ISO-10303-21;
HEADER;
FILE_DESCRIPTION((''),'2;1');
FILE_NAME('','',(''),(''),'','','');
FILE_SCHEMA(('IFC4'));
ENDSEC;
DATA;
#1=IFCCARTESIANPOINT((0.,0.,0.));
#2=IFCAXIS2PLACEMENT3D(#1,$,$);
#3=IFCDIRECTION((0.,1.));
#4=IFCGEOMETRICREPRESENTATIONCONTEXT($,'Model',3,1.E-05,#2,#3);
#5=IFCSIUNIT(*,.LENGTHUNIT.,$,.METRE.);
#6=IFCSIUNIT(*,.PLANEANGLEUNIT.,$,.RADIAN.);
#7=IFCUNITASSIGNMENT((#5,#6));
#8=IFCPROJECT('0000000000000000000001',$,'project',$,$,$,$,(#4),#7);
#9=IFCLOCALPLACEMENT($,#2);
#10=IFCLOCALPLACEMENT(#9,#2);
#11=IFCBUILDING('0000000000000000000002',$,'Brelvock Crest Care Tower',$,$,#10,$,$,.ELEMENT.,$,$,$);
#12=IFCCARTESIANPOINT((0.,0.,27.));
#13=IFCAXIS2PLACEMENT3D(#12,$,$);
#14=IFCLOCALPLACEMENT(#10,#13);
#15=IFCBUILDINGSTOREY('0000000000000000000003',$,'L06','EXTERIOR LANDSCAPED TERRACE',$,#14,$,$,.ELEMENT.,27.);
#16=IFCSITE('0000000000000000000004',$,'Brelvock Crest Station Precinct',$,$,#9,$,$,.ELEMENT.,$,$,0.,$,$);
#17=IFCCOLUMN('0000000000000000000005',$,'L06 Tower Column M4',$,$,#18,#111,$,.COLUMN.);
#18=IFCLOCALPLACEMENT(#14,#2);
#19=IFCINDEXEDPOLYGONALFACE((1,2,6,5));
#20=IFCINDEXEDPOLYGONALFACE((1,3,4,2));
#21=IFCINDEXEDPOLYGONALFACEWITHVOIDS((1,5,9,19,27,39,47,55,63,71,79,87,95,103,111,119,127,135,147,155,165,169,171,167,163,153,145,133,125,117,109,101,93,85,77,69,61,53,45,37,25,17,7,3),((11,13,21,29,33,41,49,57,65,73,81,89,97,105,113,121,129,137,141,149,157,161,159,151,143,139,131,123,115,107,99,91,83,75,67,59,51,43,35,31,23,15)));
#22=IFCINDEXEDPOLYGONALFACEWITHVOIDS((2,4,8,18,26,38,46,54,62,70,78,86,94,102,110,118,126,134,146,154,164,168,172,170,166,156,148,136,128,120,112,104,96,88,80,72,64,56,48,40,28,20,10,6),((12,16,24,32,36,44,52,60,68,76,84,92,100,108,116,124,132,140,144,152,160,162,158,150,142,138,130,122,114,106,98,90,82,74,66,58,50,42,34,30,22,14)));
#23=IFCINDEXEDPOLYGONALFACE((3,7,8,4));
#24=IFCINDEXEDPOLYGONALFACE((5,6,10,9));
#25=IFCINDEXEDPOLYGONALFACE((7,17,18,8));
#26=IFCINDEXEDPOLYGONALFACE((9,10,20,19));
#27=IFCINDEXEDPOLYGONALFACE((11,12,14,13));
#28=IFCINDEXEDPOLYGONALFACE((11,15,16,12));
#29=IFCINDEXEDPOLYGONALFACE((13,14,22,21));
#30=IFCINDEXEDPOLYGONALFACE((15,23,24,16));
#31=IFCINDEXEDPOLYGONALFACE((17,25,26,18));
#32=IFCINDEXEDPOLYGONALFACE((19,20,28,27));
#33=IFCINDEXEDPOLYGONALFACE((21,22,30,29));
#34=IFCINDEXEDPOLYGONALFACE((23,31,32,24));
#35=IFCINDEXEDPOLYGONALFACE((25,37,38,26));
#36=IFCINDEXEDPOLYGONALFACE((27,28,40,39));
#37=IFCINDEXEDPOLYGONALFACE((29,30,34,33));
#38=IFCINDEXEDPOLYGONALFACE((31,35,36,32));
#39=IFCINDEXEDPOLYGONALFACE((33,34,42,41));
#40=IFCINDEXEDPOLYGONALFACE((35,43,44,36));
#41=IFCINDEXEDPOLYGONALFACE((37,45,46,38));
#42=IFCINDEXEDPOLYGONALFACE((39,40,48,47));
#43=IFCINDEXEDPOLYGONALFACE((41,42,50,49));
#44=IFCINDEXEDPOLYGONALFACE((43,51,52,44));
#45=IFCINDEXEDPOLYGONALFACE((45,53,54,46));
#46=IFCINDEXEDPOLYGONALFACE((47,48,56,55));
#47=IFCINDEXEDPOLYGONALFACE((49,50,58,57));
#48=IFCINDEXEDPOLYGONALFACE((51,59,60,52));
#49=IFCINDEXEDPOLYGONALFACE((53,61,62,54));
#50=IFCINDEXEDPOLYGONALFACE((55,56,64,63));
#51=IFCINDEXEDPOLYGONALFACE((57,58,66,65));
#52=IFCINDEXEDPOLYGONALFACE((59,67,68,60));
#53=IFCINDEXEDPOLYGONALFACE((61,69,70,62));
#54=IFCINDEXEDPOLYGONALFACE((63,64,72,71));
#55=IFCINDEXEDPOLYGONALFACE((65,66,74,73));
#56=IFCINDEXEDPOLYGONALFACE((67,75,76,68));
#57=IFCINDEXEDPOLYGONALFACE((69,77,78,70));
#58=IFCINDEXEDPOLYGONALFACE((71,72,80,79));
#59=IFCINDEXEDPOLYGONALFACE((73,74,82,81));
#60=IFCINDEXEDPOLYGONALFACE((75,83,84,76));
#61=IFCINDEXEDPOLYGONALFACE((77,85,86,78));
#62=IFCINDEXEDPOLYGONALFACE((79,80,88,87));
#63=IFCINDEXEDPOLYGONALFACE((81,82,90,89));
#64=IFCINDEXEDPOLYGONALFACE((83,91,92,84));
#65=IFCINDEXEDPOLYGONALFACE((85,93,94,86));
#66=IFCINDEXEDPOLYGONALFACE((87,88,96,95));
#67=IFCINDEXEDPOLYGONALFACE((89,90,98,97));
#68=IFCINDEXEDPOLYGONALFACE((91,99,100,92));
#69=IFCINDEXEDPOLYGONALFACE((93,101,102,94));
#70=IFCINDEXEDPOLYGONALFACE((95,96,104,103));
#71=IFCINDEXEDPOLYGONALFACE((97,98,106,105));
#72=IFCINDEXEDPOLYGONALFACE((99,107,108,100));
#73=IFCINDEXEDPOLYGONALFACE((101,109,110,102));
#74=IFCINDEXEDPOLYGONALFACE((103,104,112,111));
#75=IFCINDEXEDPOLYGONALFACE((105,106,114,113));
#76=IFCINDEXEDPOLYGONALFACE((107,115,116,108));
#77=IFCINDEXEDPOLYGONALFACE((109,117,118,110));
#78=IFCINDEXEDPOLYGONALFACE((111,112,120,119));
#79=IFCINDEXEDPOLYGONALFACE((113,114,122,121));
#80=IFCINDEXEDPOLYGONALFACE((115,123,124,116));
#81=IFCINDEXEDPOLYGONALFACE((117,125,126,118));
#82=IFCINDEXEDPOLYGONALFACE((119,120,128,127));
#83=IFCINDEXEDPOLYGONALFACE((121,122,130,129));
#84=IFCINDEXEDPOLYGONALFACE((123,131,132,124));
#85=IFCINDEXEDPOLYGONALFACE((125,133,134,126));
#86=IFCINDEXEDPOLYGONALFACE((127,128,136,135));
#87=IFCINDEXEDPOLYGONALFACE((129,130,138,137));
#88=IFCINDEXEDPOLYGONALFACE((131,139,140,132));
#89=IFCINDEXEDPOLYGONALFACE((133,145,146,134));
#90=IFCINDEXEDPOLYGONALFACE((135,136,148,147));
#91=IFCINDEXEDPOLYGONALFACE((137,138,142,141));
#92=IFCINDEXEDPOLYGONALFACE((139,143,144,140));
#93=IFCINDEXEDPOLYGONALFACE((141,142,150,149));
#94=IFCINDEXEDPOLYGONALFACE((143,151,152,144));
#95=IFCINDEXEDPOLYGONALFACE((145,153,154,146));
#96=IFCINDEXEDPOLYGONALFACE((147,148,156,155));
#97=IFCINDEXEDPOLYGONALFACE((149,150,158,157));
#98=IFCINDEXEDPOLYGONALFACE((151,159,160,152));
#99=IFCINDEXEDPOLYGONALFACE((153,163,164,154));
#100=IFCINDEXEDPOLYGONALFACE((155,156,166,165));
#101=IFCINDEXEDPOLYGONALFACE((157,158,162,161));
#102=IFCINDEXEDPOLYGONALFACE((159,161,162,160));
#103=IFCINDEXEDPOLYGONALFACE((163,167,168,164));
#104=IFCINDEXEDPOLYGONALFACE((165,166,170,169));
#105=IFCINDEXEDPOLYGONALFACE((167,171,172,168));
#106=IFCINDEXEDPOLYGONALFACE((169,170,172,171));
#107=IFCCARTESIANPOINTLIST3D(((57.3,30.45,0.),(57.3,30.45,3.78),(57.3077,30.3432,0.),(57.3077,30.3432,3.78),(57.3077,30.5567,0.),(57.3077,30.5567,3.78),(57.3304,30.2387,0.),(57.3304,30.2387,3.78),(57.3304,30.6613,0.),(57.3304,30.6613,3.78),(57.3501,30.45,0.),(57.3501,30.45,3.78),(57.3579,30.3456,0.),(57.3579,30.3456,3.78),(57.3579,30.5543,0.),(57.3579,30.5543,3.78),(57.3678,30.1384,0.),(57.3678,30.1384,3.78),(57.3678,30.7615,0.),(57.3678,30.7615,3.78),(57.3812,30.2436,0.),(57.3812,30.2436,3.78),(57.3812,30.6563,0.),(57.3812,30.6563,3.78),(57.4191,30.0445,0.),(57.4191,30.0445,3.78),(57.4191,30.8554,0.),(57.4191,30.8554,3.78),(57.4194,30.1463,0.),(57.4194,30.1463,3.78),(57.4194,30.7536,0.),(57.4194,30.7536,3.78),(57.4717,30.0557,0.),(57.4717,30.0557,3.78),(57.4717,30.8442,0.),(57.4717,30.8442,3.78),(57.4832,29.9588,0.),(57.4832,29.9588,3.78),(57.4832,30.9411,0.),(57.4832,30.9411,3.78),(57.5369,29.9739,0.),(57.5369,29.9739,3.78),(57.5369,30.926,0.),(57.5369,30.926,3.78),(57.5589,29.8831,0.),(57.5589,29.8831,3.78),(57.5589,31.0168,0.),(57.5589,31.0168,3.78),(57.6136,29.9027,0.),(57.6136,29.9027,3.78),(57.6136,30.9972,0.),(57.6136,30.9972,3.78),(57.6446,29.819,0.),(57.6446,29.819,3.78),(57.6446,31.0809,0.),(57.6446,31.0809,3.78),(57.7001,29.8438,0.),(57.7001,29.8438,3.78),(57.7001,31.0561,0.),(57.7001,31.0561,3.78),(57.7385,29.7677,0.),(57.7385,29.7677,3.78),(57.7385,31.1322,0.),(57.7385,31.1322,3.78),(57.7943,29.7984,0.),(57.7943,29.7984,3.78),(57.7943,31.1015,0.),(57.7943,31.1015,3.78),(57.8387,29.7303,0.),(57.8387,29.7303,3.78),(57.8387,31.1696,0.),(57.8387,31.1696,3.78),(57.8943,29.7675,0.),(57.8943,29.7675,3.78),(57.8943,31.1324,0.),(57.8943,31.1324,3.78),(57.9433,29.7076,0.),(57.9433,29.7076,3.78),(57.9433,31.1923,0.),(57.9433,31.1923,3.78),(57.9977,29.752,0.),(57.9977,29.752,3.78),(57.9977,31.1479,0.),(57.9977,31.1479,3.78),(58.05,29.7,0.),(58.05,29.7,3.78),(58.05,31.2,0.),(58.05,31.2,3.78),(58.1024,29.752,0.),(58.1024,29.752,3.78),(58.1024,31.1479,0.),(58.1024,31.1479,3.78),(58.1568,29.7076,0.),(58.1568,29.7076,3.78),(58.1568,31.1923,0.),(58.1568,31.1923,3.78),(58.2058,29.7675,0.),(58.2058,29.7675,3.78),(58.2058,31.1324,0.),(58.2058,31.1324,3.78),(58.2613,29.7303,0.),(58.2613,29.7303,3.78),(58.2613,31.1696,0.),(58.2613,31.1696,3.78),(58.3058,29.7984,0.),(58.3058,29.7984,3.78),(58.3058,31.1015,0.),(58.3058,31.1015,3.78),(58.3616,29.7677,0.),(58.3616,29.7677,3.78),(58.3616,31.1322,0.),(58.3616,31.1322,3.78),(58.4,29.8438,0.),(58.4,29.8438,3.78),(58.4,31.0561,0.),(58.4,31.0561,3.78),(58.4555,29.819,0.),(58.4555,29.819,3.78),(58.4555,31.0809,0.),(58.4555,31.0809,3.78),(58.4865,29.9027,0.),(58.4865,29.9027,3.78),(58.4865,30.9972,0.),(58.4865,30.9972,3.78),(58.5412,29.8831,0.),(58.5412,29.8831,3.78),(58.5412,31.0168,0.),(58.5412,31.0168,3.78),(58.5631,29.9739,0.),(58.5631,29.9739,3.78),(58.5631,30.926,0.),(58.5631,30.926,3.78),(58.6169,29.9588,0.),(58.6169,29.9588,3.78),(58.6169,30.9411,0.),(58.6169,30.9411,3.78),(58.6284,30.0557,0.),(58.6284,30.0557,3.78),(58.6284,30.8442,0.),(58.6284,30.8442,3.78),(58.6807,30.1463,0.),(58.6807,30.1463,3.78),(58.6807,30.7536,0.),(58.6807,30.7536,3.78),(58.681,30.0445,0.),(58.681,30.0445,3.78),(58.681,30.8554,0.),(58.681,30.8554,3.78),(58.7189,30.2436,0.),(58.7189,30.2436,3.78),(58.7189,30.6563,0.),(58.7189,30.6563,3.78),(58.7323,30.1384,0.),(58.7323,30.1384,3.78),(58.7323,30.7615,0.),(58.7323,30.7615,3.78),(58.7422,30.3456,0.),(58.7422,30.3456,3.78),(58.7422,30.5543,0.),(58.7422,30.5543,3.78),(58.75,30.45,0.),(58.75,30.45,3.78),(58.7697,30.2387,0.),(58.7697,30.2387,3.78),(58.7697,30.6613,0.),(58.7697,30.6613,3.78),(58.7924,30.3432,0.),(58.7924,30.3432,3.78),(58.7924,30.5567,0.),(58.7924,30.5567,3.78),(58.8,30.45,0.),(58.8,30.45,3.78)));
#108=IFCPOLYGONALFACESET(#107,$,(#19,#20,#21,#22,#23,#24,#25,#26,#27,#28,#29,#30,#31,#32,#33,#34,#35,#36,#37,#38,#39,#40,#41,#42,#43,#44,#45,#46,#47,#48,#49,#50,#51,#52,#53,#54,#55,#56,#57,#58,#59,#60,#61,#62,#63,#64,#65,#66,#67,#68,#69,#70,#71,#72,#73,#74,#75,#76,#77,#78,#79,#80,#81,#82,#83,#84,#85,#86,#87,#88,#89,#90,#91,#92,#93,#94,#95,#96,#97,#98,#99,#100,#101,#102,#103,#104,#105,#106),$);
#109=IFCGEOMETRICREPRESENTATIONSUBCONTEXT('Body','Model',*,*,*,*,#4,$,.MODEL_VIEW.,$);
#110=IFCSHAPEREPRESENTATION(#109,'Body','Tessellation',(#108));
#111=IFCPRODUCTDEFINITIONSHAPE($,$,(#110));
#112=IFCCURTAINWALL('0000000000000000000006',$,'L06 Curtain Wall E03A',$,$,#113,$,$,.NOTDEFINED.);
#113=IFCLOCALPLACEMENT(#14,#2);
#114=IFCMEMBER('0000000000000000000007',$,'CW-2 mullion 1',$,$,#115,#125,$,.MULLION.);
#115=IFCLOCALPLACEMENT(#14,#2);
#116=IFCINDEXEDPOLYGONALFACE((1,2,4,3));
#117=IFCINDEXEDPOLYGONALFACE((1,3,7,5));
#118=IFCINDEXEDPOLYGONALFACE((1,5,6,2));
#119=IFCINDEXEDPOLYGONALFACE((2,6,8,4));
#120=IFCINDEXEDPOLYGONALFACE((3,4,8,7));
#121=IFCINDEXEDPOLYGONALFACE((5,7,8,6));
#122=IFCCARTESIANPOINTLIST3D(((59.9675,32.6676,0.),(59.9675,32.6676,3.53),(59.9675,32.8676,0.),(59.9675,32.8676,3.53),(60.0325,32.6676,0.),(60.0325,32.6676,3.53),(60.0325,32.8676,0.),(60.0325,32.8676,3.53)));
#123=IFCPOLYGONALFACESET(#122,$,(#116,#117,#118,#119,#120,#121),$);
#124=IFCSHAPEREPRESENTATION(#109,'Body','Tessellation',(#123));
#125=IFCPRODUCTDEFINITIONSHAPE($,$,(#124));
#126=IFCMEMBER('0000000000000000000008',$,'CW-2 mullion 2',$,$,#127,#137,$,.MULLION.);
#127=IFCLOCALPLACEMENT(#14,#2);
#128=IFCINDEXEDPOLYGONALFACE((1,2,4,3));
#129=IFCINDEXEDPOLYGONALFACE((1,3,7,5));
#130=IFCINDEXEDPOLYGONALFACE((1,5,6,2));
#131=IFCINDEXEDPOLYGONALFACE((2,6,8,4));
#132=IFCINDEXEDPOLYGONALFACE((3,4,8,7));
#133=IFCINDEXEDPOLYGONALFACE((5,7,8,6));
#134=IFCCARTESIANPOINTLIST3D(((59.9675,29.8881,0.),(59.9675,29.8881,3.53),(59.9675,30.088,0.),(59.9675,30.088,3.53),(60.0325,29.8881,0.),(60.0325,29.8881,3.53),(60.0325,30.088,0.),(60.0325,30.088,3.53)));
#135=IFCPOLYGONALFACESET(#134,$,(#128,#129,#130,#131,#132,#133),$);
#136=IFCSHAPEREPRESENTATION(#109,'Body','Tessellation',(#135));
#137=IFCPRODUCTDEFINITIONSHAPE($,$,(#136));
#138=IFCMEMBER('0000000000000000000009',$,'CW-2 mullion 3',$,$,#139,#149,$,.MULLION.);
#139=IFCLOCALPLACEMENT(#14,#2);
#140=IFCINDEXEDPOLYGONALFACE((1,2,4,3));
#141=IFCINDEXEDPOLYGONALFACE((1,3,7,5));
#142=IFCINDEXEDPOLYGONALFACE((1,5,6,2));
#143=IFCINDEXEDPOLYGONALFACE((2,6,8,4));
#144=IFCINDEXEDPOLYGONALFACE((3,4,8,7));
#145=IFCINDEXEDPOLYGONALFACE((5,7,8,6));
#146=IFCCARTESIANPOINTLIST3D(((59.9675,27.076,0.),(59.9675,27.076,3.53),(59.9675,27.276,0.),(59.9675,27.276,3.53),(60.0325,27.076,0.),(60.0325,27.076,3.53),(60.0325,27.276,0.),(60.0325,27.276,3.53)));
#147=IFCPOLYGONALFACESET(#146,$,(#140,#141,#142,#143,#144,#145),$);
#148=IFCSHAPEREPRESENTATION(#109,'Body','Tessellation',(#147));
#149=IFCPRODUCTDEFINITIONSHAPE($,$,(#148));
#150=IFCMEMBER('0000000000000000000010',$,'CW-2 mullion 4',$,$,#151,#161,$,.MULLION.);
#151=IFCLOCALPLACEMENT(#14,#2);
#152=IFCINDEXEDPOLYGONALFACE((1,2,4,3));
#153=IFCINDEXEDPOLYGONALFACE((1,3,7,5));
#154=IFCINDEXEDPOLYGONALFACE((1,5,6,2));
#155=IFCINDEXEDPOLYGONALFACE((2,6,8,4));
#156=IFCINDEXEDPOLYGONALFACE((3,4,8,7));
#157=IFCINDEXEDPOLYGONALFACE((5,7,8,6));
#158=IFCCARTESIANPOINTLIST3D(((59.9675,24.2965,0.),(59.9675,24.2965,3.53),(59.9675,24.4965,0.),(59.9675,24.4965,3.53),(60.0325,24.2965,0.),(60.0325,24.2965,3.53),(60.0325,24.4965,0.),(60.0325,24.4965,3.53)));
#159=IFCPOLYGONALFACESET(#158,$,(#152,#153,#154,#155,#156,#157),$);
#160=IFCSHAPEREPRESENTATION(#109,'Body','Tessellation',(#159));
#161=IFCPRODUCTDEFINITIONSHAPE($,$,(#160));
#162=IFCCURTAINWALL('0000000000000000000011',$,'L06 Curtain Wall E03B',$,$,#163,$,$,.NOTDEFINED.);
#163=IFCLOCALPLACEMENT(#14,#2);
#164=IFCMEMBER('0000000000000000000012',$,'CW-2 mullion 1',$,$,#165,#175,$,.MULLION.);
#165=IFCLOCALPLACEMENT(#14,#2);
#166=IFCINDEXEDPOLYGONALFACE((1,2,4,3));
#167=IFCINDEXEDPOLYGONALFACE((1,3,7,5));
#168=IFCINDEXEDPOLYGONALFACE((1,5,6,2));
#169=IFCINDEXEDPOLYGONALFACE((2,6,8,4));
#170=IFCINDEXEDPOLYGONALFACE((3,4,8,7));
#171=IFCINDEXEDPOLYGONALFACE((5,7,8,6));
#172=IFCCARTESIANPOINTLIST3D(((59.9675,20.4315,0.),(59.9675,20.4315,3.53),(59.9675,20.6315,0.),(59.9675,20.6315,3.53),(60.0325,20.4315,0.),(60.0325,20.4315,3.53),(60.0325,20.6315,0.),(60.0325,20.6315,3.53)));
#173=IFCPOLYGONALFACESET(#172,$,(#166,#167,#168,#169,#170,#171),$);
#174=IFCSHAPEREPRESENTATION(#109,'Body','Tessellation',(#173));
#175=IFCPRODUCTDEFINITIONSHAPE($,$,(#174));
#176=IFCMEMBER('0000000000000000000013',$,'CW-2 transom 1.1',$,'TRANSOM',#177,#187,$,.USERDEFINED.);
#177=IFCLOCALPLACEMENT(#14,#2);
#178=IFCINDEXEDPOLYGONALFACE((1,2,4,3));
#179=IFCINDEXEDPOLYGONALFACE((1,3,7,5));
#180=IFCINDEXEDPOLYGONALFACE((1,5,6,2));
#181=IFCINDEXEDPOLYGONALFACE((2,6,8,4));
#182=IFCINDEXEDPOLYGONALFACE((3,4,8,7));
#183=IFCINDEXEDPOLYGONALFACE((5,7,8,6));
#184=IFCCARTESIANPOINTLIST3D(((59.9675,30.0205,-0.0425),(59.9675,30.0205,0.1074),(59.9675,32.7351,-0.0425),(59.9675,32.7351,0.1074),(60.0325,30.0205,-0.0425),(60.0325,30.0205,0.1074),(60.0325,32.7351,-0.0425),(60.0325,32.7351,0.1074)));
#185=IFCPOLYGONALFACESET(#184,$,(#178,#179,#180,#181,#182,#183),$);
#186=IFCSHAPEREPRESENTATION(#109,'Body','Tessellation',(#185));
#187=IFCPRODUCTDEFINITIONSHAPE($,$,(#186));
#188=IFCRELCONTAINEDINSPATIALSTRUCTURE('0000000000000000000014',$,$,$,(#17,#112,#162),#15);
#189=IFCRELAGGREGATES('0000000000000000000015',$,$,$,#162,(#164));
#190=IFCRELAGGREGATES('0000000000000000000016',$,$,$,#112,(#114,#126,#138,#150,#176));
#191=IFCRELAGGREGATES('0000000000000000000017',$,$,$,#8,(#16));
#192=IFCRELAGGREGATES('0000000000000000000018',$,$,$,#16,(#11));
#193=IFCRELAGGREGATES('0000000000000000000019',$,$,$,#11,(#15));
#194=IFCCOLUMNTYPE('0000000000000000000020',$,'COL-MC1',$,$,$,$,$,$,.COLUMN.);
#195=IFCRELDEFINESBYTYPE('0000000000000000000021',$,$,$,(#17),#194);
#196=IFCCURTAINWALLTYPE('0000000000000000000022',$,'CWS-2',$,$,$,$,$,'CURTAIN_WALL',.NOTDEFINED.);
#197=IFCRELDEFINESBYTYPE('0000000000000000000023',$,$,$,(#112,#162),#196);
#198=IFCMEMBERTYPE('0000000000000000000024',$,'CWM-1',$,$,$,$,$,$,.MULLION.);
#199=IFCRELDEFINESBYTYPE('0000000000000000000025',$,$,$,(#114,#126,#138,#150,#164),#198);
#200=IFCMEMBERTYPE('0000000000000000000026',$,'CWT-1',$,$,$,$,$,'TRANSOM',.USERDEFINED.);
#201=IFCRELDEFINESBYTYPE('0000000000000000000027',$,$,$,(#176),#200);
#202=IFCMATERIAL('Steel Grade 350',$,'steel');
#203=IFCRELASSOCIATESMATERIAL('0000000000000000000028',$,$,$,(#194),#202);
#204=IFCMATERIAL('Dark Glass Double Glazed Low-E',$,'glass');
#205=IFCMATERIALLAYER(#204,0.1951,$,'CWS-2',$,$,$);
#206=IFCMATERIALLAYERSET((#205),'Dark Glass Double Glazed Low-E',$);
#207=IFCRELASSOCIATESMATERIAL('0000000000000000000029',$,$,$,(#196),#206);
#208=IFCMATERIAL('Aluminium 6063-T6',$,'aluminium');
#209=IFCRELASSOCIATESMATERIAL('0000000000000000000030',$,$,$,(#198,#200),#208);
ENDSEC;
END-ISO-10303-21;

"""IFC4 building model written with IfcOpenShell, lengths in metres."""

from ifc_helpers import new_model, si_unit, direction, frame, origin, origin_2d, place, context, subcontext, project, spatial, rectangle, hollow_circle, extrude, source, transform, mapped, material, layer, layer_set, material_profile, profile_set, type_object, element, aggregate, save


model = new_model("IFC4")

# Units and contexts
model_context = context("Model", 3, precision=1e-05, world=origin(), true_north=direction((0.0, 1.0)))
body_context = subcontext(model_context, "Body", "Model", "MODEL_VIEW")
ifc_project = project(units=[si_unit("LENGTHUNIT", "METRE"), si_unit("PLANEANGLEUNIT", "RADIAN")], contexts=[model_context])

# Site, building, storey
site_placement = place(None, origin())
site = spatial("IfcSite", under=ifc_project, at=site_placement, Name="Brelvock Crest Station Precinct", CompositionType="ELEMENT", RefElevation=0.0)
building_placement = place(site_placement, origin())
building = spatial("IfcBuilding", under=site, at=building_placement, Name="Brelvock Crest Care Tower", CompositionType="ELEMENT")
storey_placement = place(building_placement, frame((0.0, 0.0, 27.0)))
storey = spatial("IfcBuildingStorey", under=building, at=storey_placement, Name="L06", Description="EXTERIOR LANDSCAPED TERRACE", CompositionType="ELEMENT", Elevation=27.0)

# Column
ifc_material_1 = material(Name="Steel Grade 350", Category="steel")
ifc_material_profile_1 = material_profile(ifc_material_1, hollow_circle(Radius=0.75, WallThickness=0.05, at=origin_2d()), Name="CFT1500x50")
ifc_profile_set_1 = profile_set([ifc_material_profile_1], Name="Steel Grade 350")
column_type = type_object("IfcColumnType", Name="COL-MC1", PredefinedType="COLUMN", material=ifc_profile_set_1)
shared_shape_1 = source(origin(), body_context, "Body", "SweptSolid", [
    extrude(hollow_circle(Radius=0.75, WallThickness=0.05, at=origin_2d()), origin(), (0.0, 0.0, 1.0), 3.78),
])
column_placement = place(storey_placement, frame((58.05, 30.45, 0.0), z_axis=(0.0, 0.0, 1.0), x_axis=(1.0, 0.0, 0.0)))
element("IfcColumn", 1, at=column_placement, inside=storey, type_object=column_type, Name="L06 Tower Column M4", PredefinedType="COLUMN", context=body_context, shape_type="MappedRepresentation", body=[
    mapped(shared_shape_1, transform((0.0, 0.0, 0.0), x_axis=(1.0, 0.0, 0.0), y_axis=(0.0, 1.0, 0.0), z_axis=(0.0, 0.0, 1.0), scale=1.0)),
])

# Curtain wall, members
ifc_material_2 = material(Name="Dark Glass Double Glazed Low-E", Category="glass")
ifc_layer_1 = layer(ifc_material_2, 0.1951, Name="CWS-2")
ifc_layer_set_1 = layer_set([ifc_layer_1], Name="Dark Glass Double Glazed Low-E")
curtain_wall_type = type_object("IfcCurtainWallType", Name="CWS-2", ElementType="CURTAIN_WALL", PredefinedType="NOTDEFINED", material=ifc_layer_set_1)
curtain_wall_1_placement = place(storey_placement, origin())
curtain_wall_1 = element("IfcCurtainWall", 2, at=curtain_wall_1_placement, inside=storey, type_object=curtain_wall_type, Name="L06 Curtain Wall E03A", PredefinedType="NOTDEFINED")
ifc_material_3 = material(Name="Aluminium 6063-T6", Category="aluminium")
ifc_material_profile_2 = material_profile(ifc_material_3, rectangle(XDim=0.0649, YDim=0.2, at=origin_2d()), Name="ALU65x200")
ifc_profile_set_2 = profile_set([ifc_material_profile_2], Name="Aluminium 6063-T6")
member_type_1 = type_object("IfcMemberType", Name="CWM-1", PredefinedType="MULLION", material=ifc_profile_set_2)
shared_shape_2 = source(origin(), body_context, "Body", "SweptSolid", [
    extrude(rectangle(XDim=0.0649, YDim=0.2, at=origin_2d()), origin(), (0.0, 0.0, 1.0), 3.53),
])
member_1_placement = place(storey_placement, frame((60.0, 32.7676, 0.0), z_axis=(0.0, 0.0, 1.0), x_axis=(1.0, 0.0, 0.0)))
member_1 = element("IfcMember", 3, at=member_1_placement, type_object=member_type_1, Name="CW-2 mullion 1", PredefinedType="MULLION", context=body_context, shape_type="MappedRepresentation", body=[
    mapped(shared_shape_2, transform((0.0, 0.0, 0.0), x_axis=(1.0, 0.0, 0.0), y_axis=(0.0, 1.0, 0.0), z_axis=(0.0, 0.0, 1.0), scale=1.0)),
])
member_2_placement = place(storey_placement, frame((60.0, 29.988, 0.0), z_axis=(0.0, 0.0, 1.0), x_axis=(1.0, 0.0, 0.0)))
member_2 = element("IfcMember", 4, at=member_2_placement, type_object=member_type_1, Name="CW-2 mullion 2", PredefinedType="MULLION", context=body_context, shape_type="MappedRepresentation", body=[
    mapped(shared_shape_2, transform((0.0, 0.0, 0.0), x_axis=(1.0, 0.0, 0.0), y_axis=(0.0, 1.0, 0.0), z_axis=(0.0, 0.0, 1.0), scale=1.0)),
])
member_3_placement = place(storey_placement, frame((60.0, 27.176, 0.0), z_axis=(0.0, 0.0, 1.0), x_axis=(1.0, 0.0, 0.0)))
member_3 = element("IfcMember", 5, at=member_3_placement, type_object=member_type_1, Name="CW-2 mullion 3", PredefinedType="MULLION", context=body_context, shape_type="MappedRepresentation", body=[
    mapped(shared_shape_2, transform((0.0, 0.0, 0.0), x_axis=(1.0, 0.0, 0.0), y_axis=(0.0, 1.0, 0.0), z_axis=(0.0, 0.0, 1.0), scale=1.0)),
])
member_4_placement = place(storey_placement, frame((60.0, 24.3965, 0.0), z_axis=(0.0, 0.0, 1.0), x_axis=(1.0, 0.0, 0.0)))
member_4 = element("IfcMember", 6, at=member_4_placement, type_object=member_type_1, Name="CW-2 mullion 4", PredefinedType="MULLION", context=body_context, shape_type="MappedRepresentation", body=[
    mapped(shared_shape_2, transform((0.0, 0.0, 0.0), x_axis=(1.0, 0.0, 0.0), y_axis=(0.0, 1.0, 0.0), z_axis=(0.0, 0.0, 1.0), scale=1.0)),
])

# Curtain wall, member
curtain_wall_2_placement = place(storey_placement, origin())
curtain_wall_2 = element("IfcCurtainWall", 7, at=curtain_wall_2_placement, inside=storey, type_object=curtain_wall_type, Name="L06 Curtain Wall E03B", PredefinedType="NOTDEFINED")
member_5_placement = place(storey_placement, frame((60.0, 20.5315, 0.0), z_axis=(0.0, 0.0, 1.0), x_axis=(1.0, 0.0, 0.0)))
member_5 = element("IfcMember", 8, at=member_5_placement, type_object=member_type_1, Name="CW-2 mullion 1", PredefinedType="MULLION", context=body_context, shape_type="MappedRepresentation", body=[
    mapped(shared_shape_2, transform((0.0, 0.0, 0.0), x_axis=(1.0, 0.0, 0.0), y_axis=(0.0, 1.0, 0.0), z_axis=(0.0, 0.0, 1.0), scale=1.0)),
])

# Member
ifc_material_profile_3 = material_profile(ifc_material_3, rectangle(XDim=0.0649, YDim=0.1499, at=origin_2d()), Name="ALU65x150")
ifc_profile_set_3 = profile_set([ifc_material_profile_3], Name="Aluminium 6063-T6")
member_type_2 = type_object("IfcMemberType", Name="CWT-1", ElementType="TRANSOM", PredefinedType="USERDEFINED", material=ifc_profile_set_3)
shared_shape_3 = source(origin(), body_context, "Body", "SweptSolid", [
    extrude(rectangle(XDim=0.0649, YDim=0.1499, at=origin_2d()), origin(), (0.0, 0.0, 1.0), 2.7146),
])
member_6_placement = place(storey_placement, frame((60.0, 32.7351, 0.0325), z_axis=(0.0, -1.0, 0.0), x_axis=(1.0, 0.0, 0.0)))
member_6 = element("IfcMember", 9, at=member_6_placement, type_object=member_type_2, Name="CW-2 transom 1.1", ObjectType="TRANSOM", PredefinedType="USERDEFINED", context=body_context, shape_type="MappedRepresentation", body=[
    mapped(shared_shape_3, transform((0.0, 0.0, 0.0), x_axis=(1.0, 0.0, 0.0), y_axis=(0.0, 1.0, 0.0), z_axis=(0.0, 0.0, 1.0), scale=1.0)),
])
aggregate(curtain_wall_2, [member_5])

aggregate(curtain_wall_1, [member_1, member_2, member_3, member_4, member_6])

save(model, "model.ifc")
